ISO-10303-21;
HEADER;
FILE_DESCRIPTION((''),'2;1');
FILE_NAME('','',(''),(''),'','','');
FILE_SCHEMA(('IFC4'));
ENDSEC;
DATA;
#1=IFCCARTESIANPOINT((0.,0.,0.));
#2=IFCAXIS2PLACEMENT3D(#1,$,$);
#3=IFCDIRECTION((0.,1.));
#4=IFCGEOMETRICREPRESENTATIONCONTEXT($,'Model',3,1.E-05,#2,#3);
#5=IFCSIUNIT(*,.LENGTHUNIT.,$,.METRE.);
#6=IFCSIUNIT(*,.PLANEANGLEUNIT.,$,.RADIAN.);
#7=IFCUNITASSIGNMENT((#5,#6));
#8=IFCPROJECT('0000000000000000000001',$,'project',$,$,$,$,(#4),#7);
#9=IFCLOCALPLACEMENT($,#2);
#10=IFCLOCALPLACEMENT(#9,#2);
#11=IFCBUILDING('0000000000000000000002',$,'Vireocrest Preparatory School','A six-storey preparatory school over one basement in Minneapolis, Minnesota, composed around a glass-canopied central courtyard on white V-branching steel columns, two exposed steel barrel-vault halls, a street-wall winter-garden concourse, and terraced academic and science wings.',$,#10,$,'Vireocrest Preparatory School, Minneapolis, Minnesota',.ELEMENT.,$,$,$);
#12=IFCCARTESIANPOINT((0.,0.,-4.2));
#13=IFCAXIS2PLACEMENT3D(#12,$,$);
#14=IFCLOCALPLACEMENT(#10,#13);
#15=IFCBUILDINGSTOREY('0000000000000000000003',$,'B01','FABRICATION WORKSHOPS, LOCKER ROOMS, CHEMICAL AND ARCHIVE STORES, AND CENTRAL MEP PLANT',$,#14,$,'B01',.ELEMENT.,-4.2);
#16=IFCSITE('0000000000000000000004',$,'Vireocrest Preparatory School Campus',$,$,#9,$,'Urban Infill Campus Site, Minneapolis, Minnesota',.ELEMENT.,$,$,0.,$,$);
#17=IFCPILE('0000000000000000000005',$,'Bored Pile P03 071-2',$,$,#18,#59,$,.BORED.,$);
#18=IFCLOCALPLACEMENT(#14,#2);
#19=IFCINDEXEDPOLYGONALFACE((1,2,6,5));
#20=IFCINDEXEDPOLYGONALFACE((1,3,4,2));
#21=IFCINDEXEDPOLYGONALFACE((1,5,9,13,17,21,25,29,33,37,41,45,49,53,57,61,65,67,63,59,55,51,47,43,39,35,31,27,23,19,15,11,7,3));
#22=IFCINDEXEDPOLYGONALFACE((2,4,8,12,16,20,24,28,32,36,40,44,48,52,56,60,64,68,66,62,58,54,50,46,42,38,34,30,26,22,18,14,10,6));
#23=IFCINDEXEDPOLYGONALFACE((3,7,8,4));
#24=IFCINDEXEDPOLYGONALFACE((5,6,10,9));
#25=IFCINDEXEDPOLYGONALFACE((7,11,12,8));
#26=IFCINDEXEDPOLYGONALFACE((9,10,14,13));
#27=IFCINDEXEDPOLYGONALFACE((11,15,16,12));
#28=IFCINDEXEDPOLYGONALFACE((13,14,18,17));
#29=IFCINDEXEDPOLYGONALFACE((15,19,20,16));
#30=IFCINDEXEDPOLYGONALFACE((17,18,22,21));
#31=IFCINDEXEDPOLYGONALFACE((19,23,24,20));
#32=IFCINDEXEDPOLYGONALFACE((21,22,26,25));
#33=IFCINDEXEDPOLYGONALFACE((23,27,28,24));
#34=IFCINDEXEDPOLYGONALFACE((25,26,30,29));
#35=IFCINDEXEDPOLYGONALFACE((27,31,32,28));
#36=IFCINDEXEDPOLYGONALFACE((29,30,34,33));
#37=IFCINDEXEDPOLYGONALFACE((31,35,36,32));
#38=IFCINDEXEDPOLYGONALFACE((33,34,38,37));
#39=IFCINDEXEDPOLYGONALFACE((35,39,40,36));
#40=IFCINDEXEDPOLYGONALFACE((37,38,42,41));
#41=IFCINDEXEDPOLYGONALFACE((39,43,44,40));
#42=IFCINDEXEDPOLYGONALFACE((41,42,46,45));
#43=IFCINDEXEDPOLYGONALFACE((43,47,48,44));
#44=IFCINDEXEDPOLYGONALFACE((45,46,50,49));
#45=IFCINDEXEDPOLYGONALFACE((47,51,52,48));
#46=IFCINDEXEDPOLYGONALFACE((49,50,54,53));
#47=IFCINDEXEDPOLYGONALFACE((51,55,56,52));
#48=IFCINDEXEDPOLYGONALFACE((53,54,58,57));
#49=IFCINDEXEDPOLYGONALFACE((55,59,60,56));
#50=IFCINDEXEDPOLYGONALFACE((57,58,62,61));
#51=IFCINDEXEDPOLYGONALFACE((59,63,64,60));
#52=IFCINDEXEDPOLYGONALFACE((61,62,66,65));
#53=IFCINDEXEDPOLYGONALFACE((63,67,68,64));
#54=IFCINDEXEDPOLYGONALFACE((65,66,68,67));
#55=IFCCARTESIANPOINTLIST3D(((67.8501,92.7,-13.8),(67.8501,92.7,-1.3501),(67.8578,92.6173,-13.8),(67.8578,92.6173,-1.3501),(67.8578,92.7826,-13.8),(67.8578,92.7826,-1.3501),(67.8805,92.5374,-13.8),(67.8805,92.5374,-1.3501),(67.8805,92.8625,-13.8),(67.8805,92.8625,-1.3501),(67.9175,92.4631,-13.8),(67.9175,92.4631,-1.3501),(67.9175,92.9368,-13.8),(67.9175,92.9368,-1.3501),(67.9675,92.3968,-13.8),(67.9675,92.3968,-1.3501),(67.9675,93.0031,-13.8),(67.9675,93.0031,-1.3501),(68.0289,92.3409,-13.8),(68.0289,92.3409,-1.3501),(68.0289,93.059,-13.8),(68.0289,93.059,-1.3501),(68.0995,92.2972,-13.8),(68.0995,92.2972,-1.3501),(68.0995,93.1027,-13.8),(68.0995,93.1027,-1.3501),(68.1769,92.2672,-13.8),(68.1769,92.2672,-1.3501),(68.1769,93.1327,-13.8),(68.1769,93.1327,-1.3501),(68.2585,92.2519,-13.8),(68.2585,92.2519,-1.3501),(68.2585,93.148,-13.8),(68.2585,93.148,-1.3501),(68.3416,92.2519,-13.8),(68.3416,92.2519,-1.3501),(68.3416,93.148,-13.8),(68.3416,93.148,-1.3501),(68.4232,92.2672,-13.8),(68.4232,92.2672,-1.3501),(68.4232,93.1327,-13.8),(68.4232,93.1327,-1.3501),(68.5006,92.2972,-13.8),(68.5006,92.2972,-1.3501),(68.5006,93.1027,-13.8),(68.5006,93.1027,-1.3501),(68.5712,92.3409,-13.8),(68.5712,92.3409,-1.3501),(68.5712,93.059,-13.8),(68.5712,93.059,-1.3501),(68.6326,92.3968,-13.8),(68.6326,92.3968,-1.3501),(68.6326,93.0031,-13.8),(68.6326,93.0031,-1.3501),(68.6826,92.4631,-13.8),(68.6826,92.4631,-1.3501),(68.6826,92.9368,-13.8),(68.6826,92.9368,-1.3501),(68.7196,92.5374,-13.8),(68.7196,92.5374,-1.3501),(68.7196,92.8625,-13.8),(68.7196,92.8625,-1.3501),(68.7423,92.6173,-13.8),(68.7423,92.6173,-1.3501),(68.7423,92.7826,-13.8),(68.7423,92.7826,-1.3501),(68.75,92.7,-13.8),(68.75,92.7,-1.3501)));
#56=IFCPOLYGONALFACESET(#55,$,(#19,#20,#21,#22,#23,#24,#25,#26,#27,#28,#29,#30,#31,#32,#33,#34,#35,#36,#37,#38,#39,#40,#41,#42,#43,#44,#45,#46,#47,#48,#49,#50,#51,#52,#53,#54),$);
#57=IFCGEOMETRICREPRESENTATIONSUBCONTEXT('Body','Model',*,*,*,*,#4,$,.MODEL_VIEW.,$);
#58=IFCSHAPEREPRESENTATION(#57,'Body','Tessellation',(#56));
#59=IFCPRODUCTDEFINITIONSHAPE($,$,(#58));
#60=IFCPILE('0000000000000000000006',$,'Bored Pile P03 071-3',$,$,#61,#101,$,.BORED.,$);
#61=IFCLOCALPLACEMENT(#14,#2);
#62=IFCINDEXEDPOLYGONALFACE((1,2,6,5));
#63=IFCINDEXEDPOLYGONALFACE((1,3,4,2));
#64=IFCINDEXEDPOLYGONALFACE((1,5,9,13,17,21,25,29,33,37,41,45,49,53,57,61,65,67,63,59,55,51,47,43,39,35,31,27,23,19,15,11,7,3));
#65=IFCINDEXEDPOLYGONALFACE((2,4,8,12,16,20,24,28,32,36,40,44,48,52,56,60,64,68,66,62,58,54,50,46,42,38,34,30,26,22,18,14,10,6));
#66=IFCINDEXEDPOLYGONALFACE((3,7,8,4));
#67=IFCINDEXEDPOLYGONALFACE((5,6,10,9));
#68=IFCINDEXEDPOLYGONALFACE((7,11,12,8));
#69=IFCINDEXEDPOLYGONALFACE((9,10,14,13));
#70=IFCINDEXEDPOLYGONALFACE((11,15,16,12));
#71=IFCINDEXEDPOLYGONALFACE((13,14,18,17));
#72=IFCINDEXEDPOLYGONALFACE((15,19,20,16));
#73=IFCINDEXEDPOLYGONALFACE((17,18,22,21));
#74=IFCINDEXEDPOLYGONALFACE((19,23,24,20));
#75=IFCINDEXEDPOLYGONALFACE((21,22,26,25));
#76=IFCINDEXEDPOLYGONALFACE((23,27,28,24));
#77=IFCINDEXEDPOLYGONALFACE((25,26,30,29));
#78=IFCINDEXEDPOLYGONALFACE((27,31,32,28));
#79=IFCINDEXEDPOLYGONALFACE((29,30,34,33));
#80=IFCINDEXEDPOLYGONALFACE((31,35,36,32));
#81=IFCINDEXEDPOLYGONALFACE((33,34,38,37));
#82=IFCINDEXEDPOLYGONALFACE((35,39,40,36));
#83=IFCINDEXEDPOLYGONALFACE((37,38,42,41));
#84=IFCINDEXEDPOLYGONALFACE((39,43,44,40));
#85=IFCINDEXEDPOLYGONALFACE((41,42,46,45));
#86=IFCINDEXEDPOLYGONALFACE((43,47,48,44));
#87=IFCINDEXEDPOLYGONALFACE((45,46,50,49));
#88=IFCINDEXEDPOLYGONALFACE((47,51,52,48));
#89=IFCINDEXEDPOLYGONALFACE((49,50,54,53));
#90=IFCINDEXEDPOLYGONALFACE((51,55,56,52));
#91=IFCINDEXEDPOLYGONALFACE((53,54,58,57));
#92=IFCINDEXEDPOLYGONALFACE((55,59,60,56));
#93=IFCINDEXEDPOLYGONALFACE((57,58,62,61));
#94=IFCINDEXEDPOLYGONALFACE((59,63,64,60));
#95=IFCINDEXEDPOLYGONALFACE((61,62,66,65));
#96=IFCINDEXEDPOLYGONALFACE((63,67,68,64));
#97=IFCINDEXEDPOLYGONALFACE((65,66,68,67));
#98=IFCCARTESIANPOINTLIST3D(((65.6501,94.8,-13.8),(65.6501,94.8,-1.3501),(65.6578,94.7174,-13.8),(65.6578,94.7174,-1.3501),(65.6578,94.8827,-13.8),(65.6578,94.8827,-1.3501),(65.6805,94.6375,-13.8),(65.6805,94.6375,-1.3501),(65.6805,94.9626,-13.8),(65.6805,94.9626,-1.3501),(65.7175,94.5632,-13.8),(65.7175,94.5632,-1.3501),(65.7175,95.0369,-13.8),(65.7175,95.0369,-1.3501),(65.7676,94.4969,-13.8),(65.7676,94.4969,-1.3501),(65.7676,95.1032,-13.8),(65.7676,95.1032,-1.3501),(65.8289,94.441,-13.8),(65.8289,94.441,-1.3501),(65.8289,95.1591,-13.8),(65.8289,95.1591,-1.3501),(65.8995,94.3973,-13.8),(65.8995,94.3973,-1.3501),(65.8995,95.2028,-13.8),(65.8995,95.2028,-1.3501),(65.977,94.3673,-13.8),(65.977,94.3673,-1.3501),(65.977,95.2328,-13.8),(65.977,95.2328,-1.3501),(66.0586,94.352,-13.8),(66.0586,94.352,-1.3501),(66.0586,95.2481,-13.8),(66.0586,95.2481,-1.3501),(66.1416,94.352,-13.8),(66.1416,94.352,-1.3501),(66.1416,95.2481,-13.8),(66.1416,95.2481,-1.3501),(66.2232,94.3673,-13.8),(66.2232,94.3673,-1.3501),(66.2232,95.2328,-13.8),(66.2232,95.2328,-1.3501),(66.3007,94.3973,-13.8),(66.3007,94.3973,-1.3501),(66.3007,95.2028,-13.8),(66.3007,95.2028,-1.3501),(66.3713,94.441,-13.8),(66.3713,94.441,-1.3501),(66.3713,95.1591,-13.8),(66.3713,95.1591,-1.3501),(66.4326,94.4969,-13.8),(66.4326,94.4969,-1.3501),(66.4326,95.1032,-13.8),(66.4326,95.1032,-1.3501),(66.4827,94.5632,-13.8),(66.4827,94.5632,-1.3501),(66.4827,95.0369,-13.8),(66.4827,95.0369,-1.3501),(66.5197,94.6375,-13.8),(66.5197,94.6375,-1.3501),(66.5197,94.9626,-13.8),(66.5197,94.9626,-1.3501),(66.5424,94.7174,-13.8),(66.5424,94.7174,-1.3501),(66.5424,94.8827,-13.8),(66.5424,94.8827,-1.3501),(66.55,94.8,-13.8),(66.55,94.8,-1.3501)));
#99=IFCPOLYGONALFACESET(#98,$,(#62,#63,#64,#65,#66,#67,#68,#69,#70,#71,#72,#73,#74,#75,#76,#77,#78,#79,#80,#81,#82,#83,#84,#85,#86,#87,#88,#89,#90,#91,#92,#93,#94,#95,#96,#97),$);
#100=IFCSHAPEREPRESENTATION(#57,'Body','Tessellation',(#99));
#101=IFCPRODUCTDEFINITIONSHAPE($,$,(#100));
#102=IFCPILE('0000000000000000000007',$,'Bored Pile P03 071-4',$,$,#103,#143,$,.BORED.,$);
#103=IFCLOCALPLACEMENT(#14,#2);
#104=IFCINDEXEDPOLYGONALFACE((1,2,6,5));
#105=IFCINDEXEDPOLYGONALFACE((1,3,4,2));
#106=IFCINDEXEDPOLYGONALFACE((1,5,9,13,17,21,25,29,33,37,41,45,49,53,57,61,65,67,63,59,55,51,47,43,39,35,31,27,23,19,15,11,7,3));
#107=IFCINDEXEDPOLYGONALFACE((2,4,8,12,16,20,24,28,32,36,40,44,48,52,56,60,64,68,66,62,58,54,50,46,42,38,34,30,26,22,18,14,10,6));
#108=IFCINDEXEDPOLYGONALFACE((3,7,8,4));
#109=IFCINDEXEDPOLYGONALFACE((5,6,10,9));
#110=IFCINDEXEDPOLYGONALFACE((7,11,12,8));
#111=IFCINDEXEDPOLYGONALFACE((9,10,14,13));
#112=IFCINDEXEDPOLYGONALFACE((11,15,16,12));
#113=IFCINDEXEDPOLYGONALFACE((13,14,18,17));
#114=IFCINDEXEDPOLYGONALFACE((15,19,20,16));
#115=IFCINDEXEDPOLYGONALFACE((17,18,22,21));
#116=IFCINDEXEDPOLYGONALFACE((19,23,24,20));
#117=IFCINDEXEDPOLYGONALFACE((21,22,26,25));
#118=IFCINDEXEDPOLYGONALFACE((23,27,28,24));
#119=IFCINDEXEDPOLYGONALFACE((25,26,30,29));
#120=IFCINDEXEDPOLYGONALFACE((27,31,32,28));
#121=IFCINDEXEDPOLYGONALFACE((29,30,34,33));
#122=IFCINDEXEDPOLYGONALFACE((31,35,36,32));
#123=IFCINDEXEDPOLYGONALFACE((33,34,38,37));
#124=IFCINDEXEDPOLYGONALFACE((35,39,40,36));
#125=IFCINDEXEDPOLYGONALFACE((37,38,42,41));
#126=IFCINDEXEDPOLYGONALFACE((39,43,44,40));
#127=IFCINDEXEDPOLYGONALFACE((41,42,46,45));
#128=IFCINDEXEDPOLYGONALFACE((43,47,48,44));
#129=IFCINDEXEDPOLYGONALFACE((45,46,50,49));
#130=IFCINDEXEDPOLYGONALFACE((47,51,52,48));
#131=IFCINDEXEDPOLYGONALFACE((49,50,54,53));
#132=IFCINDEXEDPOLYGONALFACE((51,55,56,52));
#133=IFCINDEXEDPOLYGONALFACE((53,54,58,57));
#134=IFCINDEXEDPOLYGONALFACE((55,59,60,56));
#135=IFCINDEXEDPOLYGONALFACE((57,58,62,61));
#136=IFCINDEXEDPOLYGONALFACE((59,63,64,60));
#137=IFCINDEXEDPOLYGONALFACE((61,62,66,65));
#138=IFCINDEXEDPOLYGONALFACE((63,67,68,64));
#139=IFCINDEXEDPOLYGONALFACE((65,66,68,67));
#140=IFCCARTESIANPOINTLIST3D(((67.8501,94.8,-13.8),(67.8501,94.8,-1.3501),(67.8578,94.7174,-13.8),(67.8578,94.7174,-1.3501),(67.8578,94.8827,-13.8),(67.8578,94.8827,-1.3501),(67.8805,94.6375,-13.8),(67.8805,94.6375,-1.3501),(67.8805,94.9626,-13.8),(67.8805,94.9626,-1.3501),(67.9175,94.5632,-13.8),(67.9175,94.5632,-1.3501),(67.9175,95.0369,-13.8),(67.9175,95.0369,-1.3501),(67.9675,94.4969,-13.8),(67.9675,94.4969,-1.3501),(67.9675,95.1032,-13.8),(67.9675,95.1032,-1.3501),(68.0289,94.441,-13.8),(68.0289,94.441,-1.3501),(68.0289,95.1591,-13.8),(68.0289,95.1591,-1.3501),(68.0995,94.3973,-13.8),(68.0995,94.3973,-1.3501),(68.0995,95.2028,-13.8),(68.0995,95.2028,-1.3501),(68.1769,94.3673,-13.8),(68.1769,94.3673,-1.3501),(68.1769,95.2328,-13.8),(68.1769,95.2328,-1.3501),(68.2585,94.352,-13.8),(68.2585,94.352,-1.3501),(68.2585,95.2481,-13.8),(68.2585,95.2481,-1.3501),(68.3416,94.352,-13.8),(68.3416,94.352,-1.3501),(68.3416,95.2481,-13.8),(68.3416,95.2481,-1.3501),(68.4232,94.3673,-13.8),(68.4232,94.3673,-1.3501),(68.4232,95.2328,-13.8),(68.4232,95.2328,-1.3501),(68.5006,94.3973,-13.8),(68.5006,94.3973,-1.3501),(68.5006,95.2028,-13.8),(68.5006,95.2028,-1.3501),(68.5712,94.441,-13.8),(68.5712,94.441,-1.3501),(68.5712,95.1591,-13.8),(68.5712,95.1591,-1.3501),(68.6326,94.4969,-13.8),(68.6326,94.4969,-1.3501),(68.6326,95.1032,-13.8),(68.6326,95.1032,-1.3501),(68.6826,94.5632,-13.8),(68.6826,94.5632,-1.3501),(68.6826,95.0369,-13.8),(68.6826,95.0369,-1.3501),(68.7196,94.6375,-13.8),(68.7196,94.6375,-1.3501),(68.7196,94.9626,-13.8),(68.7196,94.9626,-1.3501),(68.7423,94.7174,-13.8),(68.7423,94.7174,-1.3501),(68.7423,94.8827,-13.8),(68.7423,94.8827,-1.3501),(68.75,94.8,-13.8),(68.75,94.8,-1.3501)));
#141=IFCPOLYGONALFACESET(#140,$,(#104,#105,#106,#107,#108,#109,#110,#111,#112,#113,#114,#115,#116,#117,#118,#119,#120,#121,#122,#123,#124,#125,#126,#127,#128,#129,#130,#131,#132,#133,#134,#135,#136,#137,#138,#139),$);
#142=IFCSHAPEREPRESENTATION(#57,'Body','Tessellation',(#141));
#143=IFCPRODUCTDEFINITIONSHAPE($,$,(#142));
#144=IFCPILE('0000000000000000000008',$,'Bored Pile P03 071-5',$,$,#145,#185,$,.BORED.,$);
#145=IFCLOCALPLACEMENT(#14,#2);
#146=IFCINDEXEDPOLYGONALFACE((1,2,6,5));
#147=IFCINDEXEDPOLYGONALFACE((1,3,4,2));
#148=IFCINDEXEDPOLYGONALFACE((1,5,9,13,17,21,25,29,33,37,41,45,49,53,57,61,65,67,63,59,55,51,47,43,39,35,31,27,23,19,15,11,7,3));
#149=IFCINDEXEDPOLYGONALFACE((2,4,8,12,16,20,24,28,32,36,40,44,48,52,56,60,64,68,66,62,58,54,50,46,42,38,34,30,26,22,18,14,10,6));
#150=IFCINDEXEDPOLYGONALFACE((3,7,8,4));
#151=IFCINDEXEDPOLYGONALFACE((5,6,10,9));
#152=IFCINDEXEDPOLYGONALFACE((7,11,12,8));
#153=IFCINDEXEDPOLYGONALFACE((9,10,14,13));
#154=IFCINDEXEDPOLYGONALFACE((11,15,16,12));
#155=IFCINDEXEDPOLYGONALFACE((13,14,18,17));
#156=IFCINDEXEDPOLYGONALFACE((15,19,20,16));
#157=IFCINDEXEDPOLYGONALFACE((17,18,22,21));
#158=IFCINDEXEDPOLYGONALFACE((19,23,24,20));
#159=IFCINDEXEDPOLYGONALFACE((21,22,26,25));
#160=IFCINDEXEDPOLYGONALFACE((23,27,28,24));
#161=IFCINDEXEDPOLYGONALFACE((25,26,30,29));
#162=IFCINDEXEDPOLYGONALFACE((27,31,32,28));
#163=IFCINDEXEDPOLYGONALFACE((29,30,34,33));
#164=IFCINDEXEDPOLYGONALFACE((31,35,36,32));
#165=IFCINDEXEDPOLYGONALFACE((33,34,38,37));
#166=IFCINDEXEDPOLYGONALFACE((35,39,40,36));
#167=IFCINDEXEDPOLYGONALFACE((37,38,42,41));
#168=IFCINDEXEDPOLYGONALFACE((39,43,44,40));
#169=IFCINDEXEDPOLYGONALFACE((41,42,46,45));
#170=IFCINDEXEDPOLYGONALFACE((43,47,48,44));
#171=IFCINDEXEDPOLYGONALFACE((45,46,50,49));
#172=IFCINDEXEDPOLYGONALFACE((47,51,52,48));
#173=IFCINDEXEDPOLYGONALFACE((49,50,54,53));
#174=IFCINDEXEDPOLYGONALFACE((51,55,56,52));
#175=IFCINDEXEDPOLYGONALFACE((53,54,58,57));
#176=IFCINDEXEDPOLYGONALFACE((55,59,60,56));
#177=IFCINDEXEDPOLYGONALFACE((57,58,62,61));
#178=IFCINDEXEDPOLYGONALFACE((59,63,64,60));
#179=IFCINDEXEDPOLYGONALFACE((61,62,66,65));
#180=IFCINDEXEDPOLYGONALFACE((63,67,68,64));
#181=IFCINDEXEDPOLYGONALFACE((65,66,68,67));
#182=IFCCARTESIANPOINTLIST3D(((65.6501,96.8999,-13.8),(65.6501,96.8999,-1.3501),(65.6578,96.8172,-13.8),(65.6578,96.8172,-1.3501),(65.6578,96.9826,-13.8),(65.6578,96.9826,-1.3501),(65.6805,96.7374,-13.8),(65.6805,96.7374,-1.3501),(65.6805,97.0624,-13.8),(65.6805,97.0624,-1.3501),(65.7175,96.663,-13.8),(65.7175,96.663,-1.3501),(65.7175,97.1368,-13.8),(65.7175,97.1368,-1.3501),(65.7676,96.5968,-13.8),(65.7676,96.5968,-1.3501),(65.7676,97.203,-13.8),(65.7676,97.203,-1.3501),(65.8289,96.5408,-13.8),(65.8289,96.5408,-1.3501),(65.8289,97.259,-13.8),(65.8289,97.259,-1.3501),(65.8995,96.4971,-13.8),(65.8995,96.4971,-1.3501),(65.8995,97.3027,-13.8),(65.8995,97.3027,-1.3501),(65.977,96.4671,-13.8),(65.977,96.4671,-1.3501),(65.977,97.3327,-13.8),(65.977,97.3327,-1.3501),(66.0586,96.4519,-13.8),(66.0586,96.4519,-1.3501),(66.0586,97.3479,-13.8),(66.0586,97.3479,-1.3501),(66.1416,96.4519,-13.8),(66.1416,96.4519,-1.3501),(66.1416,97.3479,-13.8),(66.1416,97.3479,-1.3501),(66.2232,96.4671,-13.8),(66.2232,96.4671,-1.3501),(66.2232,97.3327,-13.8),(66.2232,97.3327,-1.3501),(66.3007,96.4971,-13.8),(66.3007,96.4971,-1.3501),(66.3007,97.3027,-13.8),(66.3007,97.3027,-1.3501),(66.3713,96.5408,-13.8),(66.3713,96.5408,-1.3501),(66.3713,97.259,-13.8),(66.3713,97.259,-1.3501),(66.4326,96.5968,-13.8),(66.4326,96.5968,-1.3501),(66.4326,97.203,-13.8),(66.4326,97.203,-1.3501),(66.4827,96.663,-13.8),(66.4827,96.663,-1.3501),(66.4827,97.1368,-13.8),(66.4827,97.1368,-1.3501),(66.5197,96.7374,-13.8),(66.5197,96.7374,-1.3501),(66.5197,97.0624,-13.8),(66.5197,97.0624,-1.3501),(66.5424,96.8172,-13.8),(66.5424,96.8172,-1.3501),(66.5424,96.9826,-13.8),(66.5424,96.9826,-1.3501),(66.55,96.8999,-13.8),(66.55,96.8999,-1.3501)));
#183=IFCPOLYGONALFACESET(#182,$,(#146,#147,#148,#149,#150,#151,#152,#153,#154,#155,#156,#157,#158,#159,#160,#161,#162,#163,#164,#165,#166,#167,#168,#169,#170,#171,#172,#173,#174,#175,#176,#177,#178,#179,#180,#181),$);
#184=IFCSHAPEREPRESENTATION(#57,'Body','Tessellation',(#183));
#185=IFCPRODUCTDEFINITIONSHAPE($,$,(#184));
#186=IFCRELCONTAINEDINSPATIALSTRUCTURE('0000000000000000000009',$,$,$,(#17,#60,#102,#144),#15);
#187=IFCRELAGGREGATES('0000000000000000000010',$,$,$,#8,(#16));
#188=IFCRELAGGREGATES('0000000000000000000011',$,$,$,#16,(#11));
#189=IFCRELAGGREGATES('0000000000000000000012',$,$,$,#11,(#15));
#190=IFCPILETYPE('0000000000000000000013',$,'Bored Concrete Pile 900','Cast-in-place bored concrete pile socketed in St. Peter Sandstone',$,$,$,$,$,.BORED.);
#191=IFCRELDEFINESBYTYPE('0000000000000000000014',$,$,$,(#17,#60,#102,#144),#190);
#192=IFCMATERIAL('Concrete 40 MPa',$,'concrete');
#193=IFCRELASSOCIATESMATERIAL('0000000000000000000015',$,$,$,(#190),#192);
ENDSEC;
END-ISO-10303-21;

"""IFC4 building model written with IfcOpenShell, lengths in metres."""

from ifc_helpers import new_model, si_unit, direction, frame, origin, origin_2d, place, context, subcontext, project, spatial, circle, extrude, material, material_profile, profile_set, type_object, element, save


model = new_model("IFC4")

# Units and contexts
model_context = context("Model", 3, precision=1e-05, world=origin(), true_north=direction((0.0, 1.0)))
body_context = subcontext(model_context, "Body", "Model", "MODEL_VIEW")
ifc_project = project(units=[si_unit("LENGTHUNIT", "METRE"), si_unit("PLANEANGLEUNIT", "RADIAN")], contexts=[model_context])

# Site, building, storey
site_placement = place(None, origin())
site = spatial("IfcSite", under=ifc_project, at=site_placement, Name="Vireocrest Preparatory School Campus", LongName="Urban Infill Campus Site, Minneapolis, Minnesota", CompositionType="ELEMENT", RefElevation=0.0)
building_placement = place(site_placement, origin())
building = spatial("IfcBuilding", under=site, at=building_placement, Name="Vireocrest Preparatory School", Description="A six-storey preparatory school over one basement in Minneapolis, Minnesota, composed around a glass-canopied central courtyard on white V-branching steel columns, two exposed steel barrel-vault halls, a street-wall winter-garden concourse, and terraced academic and science wings.", LongName="Vireocrest Preparatory School, Minneapolis, Minnesota", CompositionType="ELEMENT")
storey_placement = place(building_placement, frame((0.0, 0.0, -4.2)))
storey = spatial("IfcBuildingStorey", under=building, at=storey_placement, Name="B01", Description="FABRICATION WORKSHOPS, LOCKER ROOMS, CHEMICAL AND ARCHIVE STORES, AND CENTRAL MEP PLANT", LongName="B01", CompositionType="ELEMENT", Elevation=-4.2)

# Piles
ifc_material_1 = material(Name="Concrete 40 MPa", Category="concrete")
ifc_material_profile_1 = material_profile(ifc_material_1, circle(Radius=0.45, at=origin_2d()), Name="BORED PILE 900")
ifc_profile_set_1 = profile_set([ifc_material_profile_1], Name="Concrete 40 MPa")
pile_type_1 = type_object("IfcPileType", Name="Bored Concrete Pile 900", Description="Cast-in-place bored concrete pile socketed in St. Peter Sandstone", PredefinedType="BORED", material=ifc_profile_set_1)
for number, where, z_axis, x_axis, name in (
    (1, (68.3, 92.7, -1.3501), (0.0, 0.0, -1.0), (1.0, 0.0, 0.0), "Bored Pile P03 071-2"),
    (2, (66.1001, 94.8, -1.3501), (0.0, 0.0, -1.0), (1.0, 0.0, 0.0), "Bored Pile P03 071-3"),
    (3, (68.3, 94.8, -1.3501), (0.0, 0.0, -1.0), (1.0, 0.0, 0.0), "Bored Pile P03 071-4"),
    (4, (66.1001, 96.8999, -1.3501), (0.0, 0.0, -1.0), (1.0, 0.0, 0.0), "Bored Pile P03 071-5"),
):
    element("IfcPile", number, at=place(storey_placement, frame(where, z_axis=z_axis, x_axis=x_axis)), inside=storey, type_object=pile_type_1, Name=name, PredefinedType="BORED", context=body_context, shape_type="SweptSolid", body=[
        extrude(circle(Radius=0.45, at=origin_2d()), origin(), (0.0, 0.0, 1.0), 12.45),
    ])

save(model, "model.ifc")
